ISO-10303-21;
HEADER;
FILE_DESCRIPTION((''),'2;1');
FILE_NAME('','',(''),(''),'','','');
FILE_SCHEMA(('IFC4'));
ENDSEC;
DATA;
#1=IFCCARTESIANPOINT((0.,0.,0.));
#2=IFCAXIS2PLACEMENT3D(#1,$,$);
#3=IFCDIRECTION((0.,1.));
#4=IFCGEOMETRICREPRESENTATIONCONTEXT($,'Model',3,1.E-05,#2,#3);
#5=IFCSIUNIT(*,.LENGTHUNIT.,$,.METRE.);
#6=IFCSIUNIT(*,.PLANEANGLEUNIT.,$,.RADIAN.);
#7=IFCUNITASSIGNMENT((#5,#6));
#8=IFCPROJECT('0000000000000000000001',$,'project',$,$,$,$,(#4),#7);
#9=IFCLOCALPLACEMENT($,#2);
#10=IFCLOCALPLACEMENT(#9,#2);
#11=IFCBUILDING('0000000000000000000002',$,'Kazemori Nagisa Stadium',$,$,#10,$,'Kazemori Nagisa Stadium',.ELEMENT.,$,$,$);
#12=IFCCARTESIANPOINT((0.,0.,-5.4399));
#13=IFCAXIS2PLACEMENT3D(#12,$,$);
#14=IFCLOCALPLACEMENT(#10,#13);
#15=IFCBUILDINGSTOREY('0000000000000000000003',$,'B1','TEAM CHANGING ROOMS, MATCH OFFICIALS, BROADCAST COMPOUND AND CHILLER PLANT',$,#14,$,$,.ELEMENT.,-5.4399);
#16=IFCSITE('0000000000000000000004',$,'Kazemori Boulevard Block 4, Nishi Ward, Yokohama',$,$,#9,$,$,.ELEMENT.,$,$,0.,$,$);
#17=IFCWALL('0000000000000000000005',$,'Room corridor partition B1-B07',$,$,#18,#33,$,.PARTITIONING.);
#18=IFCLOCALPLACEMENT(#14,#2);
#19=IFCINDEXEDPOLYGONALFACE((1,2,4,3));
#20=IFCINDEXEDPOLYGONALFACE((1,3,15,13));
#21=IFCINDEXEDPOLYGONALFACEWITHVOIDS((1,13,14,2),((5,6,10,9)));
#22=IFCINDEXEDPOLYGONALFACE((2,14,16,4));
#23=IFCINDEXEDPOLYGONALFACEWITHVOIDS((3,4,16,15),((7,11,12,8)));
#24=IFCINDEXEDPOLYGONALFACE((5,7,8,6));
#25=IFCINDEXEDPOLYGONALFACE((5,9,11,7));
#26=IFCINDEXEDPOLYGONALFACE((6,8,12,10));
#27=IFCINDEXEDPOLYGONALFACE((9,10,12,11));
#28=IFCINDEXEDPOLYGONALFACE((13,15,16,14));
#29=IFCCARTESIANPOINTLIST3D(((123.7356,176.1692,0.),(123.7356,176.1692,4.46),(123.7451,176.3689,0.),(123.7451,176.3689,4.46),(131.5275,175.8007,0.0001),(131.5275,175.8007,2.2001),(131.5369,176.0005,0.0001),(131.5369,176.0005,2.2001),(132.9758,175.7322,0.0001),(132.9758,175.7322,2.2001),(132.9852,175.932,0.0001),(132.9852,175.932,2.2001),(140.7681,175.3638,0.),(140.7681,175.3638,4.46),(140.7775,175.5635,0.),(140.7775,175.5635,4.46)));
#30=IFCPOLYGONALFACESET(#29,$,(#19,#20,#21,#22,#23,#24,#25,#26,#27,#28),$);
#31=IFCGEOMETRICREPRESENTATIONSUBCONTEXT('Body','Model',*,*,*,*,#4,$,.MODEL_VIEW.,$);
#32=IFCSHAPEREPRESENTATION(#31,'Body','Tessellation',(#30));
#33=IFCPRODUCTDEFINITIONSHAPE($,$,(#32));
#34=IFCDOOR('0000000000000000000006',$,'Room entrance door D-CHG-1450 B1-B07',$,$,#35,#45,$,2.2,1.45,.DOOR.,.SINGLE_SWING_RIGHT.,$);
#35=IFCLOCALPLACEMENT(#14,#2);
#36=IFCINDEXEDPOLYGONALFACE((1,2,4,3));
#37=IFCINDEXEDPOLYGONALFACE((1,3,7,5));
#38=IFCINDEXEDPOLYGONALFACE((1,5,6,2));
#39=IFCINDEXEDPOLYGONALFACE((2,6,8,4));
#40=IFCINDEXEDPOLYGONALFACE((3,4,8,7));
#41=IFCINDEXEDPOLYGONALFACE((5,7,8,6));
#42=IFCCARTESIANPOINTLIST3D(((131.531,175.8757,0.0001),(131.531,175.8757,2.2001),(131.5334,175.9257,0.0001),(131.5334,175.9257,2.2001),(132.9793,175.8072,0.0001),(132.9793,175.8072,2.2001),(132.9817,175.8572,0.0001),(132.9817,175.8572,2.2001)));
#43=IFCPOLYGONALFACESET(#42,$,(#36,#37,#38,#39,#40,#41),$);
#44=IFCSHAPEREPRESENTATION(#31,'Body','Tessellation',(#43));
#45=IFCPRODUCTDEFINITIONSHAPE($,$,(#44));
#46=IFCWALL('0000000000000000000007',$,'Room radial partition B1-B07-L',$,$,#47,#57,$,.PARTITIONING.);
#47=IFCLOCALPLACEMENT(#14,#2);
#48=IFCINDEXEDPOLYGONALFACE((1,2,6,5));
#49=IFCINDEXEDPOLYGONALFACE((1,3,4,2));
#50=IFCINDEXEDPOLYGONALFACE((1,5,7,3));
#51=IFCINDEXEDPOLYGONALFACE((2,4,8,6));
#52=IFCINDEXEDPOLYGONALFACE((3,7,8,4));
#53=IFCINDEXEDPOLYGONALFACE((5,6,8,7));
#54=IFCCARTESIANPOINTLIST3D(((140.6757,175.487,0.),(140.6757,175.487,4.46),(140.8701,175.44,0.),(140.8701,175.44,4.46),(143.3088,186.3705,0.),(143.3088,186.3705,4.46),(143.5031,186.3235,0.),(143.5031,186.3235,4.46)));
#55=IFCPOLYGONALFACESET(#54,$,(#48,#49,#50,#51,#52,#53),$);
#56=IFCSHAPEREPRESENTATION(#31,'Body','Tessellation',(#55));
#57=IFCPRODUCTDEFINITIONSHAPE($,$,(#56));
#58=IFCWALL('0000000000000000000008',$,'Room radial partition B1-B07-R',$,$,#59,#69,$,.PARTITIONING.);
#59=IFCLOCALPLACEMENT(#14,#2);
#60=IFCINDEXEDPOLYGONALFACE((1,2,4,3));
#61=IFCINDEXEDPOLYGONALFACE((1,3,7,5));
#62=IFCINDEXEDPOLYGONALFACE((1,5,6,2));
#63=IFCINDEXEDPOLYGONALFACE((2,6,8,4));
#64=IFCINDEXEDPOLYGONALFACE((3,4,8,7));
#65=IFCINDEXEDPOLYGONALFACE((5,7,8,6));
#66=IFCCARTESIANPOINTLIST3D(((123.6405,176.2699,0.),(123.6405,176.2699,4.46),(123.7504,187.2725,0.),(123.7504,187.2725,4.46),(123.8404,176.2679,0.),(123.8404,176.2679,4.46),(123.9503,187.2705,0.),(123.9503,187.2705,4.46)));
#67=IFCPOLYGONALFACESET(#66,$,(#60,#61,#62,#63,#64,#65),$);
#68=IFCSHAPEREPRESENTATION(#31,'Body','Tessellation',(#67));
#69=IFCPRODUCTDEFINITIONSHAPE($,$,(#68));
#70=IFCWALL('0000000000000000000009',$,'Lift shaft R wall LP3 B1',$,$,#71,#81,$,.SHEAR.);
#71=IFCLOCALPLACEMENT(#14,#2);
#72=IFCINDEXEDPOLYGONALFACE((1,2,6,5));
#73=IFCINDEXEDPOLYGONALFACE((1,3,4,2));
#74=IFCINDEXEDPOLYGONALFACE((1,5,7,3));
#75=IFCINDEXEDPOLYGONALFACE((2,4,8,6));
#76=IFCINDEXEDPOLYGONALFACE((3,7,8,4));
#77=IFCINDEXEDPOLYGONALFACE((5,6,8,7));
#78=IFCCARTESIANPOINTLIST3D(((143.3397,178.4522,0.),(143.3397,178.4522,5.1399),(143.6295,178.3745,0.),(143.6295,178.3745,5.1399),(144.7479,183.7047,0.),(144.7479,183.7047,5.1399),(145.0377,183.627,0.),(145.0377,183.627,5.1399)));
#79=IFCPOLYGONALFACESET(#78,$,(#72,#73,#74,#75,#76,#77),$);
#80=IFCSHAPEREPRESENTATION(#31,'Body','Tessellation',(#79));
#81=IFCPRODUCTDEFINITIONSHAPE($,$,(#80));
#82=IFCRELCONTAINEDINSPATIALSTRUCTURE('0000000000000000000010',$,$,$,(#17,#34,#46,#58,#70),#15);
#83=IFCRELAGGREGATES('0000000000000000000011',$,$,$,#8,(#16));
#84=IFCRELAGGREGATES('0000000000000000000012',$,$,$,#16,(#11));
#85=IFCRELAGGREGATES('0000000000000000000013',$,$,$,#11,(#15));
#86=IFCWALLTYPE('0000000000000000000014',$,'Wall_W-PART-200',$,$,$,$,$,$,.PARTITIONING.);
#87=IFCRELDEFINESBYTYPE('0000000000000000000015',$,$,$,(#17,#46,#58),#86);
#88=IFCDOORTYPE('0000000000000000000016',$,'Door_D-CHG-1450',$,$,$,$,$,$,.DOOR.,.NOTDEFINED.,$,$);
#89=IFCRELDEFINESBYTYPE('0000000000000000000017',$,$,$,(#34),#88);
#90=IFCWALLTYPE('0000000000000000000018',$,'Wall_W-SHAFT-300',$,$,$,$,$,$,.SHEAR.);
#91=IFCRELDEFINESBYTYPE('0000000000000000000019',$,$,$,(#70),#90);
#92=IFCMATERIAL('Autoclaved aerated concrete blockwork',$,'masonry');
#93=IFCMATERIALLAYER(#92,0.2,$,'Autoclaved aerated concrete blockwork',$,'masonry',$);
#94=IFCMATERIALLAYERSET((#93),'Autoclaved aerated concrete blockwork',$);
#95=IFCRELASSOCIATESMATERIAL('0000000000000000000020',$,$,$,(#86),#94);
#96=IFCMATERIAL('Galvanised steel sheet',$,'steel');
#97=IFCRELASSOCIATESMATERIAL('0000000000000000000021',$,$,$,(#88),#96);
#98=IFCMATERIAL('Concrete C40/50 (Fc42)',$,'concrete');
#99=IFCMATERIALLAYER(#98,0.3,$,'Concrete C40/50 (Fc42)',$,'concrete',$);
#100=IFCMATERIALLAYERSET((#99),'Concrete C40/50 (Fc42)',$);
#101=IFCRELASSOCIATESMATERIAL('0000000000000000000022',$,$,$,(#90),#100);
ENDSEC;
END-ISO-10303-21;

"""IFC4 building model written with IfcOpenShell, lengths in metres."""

from ifc_helpers import new_model, si_unit, direction, frame, frame_2d, origin, place, context, subcontext, project, spatial, rectangle, extrude, material, layer, layer_set, type_object, element, fill, save


model = new_model("IFC4")

# Units and contexts
model_context = context("Model", 3, precision=1e-05, world=origin(), true_north=direction((0.0, 1.0)))
body_context = subcontext(model_context, "Body", "Model", "MODEL_VIEW")
ifc_project = project(units=[si_unit("LENGTHUNIT", "METRE"), si_unit("PLANEANGLEUNIT", "RADIAN")], contexts=[model_context])

# Site, building, storey
site_placement = place(None, origin())
site = spatial("IfcSite", under=ifc_project, at=site_placement, Name="Kazemori Boulevard Block 4, Nishi Ward, Yokohama", CompositionType="ELEMENT", RefElevation=0.0)
building_placement = place(site_placement, origin())
building = spatial("IfcBuilding", under=site, at=building_placement, Name="Kazemori Nagisa Stadium", LongName="Kazemori Nagisa Stadium", CompositionType="ELEMENT")
storey_placement = place(building_placement, frame((0.0, 0.0, -5.4399)))
storey = spatial("IfcBuildingStorey", under=building, at=storey_placement, Name="B1", Description="TEAM CHANGING ROOMS, MATCH OFFICIALS, BROADCAST COMPOUND AND CHILLER PLANT", CompositionType="ELEMENT", Elevation=-5.4399)

# Shared definitions
ifc_material_1 = material(Name="Concrete C40/50 (Fc42)", Category="concrete")

# Wall, opening, door
ifc_material_2 = material(Name="Autoclaved aerated concrete blockwork", Category="masonry")
ifc_layer_1 = layer(ifc_material_2, 0.2, Name="Autoclaved aerated concrete blockwork", Category="masonry")
ifc_layer_set_1 = layer_set([ifc_layer_1], Name="Autoclaved aerated concrete blockwork")
wall_type_1 = type_object("IfcWallType", Name="Wall_W-PART-200", PredefinedType="PARTITIONING", material=ifc_layer_set_1)
wall_1_placement = place(storey_placement, frame((140.7729, 175.4636, 0.0), z_axis=(0.0, 0.0, 1.0), x_axis=(-0.998884, 0.047235, 0.0)))
wall_1 = element("IfcWall", 1, at=wall_1_placement, inside=storey, type_object=wall_type_1, Name="Room corridor partition B1-B07", PredefinedType="PARTITIONING", context=body_context, shape_type="SweptSolid", body=[
    extrude(rectangle(XDim=17.0515, YDim=0.2, at=frame_2d((8.5259, 0.0))), origin(), (0.0, 0.0, 1.0), 4.46),
])
opening_placement = place(wall_1_placement, frame((7.801, 0.0, 0.0)))
opening = element("IfcOpeningElement", 2, at=opening_placement, cuts=wall_1, PredefinedType="OPENING", context=body_context, shape_type="SweptSolid", body=[
    extrude(rectangle(XDim=1.45, YDim=2.2, at=frame_2d((0.7251, 1.1001))), frame((0.0, 0.1099, 0.0), z_axis=(0.0, -1.0, 0.0), x_axis=(1.0, 0.0, 0.0)), (0.0, 0.0, 1.0), 0.22),
])
ifc_material_3 = material(Name="Galvanised steel sheet", Category="steel")
door_type = type_object("IfcDoorType", Name="Door_D-CHG-1450", OperationType="NOTDEFINED", PredefinedType="DOOR", material=ifc_material_3)
door_placement = place(opening_placement, origin())
door = element("IfcDoor", 3, at=door_placement, inside=storey, type_object=door_type, Name="Room entrance door D-CHG-1450 B1-B07", OperationType="SINGLE_SWING_RIGHT", OverallHeight=2.2, OverallWidth=1.45, PredefinedType="DOOR", context=body_context, shape_type="SweptSolid", body=[
    extrude(rectangle(XDim=1.45, YDim=2.2, at=frame_2d((0.7251, 1.1001))), frame((0.0, 0.0249, 0.0), z_axis=(0.0, -1.0, 0.0), x_axis=(1.0, 0.0, 0.0)), (0.0, 0.0, 1.0), 0.05),
])
fill(opening, door)

# Walls
wall_2_placement = place(storey_placement, frame((140.7729, 175.4636, 0.0), z_axis=(0.0, 0.0, 1.0), x_axis=(0.235146, 0.97196, 0.0)))
element("IfcWall", 4, at=wall_2_placement, inside=storey, type_object=wall_type_1, Name="Room radial partition B1-B07-L", PredefinedType="PARTITIONING", context=body_context, shape_type="SweptSolid", body=[
    extrude(rectangle(XDim=11.1975, YDim=0.2, at=frame_2d((5.5986, 0.0))), origin(), (0.0, 0.0, 1.0), 4.46),
])
wall_3_placement = place(storey_placement, frame((123.7405, 176.269, 0.0), z_axis=(0.0, 0.0, 1.0), x_axis=(0.009985, 0.99995, 0.0)))
element("IfcWall", 5, at=wall_3_placement, inside=storey, type_object=wall_type_1, Name="Room radial partition B1-B07-R", PredefinedType="PARTITIONING", context=body_context, shape_type="SweptSolid", body=[
    extrude(rectangle(XDim=11.0032, YDim=0.2, at=frame_2d((5.5015, 0.0))), origin(), (0.0, 0.0, 1.0), 4.46),
])
ifc_layer_2 = layer(ifc_material_1, 0.3, Name="Concrete C40/50 (Fc42)", Category="concrete")
ifc_layer_set_2 = layer_set([ifc_layer_2], Name="Concrete C40/50 (Fc42)")
wall_type_2 = type_object("IfcWallType", Name="Wall_W-SHAFT-300", PredefinedType="SHEAR", material=ifc_layer_set_2)
wall_4_placement = place(storey_placement, frame((143.4846, 178.4133, 0.0), z_axis=(0.0, 0.0, 1.0), x_axis=(0.258959, 0.965888, 0.0)))
element("IfcWall", 6, at=wall_4_placement, inside=storey, type_object=wall_type_2, Name="Lift shaft R wall LP3 B1", PredefinedType="SHEAR", context=body_context, shape_type="SweptSolid", body=[
    extrude(rectangle(XDim=5.438, YDim=0.3, at=frame_2d((2.719, 0.0))), origin(), (0.0, 0.0, 1.0), 5.1399),
])

save(model, "model.ifc")
